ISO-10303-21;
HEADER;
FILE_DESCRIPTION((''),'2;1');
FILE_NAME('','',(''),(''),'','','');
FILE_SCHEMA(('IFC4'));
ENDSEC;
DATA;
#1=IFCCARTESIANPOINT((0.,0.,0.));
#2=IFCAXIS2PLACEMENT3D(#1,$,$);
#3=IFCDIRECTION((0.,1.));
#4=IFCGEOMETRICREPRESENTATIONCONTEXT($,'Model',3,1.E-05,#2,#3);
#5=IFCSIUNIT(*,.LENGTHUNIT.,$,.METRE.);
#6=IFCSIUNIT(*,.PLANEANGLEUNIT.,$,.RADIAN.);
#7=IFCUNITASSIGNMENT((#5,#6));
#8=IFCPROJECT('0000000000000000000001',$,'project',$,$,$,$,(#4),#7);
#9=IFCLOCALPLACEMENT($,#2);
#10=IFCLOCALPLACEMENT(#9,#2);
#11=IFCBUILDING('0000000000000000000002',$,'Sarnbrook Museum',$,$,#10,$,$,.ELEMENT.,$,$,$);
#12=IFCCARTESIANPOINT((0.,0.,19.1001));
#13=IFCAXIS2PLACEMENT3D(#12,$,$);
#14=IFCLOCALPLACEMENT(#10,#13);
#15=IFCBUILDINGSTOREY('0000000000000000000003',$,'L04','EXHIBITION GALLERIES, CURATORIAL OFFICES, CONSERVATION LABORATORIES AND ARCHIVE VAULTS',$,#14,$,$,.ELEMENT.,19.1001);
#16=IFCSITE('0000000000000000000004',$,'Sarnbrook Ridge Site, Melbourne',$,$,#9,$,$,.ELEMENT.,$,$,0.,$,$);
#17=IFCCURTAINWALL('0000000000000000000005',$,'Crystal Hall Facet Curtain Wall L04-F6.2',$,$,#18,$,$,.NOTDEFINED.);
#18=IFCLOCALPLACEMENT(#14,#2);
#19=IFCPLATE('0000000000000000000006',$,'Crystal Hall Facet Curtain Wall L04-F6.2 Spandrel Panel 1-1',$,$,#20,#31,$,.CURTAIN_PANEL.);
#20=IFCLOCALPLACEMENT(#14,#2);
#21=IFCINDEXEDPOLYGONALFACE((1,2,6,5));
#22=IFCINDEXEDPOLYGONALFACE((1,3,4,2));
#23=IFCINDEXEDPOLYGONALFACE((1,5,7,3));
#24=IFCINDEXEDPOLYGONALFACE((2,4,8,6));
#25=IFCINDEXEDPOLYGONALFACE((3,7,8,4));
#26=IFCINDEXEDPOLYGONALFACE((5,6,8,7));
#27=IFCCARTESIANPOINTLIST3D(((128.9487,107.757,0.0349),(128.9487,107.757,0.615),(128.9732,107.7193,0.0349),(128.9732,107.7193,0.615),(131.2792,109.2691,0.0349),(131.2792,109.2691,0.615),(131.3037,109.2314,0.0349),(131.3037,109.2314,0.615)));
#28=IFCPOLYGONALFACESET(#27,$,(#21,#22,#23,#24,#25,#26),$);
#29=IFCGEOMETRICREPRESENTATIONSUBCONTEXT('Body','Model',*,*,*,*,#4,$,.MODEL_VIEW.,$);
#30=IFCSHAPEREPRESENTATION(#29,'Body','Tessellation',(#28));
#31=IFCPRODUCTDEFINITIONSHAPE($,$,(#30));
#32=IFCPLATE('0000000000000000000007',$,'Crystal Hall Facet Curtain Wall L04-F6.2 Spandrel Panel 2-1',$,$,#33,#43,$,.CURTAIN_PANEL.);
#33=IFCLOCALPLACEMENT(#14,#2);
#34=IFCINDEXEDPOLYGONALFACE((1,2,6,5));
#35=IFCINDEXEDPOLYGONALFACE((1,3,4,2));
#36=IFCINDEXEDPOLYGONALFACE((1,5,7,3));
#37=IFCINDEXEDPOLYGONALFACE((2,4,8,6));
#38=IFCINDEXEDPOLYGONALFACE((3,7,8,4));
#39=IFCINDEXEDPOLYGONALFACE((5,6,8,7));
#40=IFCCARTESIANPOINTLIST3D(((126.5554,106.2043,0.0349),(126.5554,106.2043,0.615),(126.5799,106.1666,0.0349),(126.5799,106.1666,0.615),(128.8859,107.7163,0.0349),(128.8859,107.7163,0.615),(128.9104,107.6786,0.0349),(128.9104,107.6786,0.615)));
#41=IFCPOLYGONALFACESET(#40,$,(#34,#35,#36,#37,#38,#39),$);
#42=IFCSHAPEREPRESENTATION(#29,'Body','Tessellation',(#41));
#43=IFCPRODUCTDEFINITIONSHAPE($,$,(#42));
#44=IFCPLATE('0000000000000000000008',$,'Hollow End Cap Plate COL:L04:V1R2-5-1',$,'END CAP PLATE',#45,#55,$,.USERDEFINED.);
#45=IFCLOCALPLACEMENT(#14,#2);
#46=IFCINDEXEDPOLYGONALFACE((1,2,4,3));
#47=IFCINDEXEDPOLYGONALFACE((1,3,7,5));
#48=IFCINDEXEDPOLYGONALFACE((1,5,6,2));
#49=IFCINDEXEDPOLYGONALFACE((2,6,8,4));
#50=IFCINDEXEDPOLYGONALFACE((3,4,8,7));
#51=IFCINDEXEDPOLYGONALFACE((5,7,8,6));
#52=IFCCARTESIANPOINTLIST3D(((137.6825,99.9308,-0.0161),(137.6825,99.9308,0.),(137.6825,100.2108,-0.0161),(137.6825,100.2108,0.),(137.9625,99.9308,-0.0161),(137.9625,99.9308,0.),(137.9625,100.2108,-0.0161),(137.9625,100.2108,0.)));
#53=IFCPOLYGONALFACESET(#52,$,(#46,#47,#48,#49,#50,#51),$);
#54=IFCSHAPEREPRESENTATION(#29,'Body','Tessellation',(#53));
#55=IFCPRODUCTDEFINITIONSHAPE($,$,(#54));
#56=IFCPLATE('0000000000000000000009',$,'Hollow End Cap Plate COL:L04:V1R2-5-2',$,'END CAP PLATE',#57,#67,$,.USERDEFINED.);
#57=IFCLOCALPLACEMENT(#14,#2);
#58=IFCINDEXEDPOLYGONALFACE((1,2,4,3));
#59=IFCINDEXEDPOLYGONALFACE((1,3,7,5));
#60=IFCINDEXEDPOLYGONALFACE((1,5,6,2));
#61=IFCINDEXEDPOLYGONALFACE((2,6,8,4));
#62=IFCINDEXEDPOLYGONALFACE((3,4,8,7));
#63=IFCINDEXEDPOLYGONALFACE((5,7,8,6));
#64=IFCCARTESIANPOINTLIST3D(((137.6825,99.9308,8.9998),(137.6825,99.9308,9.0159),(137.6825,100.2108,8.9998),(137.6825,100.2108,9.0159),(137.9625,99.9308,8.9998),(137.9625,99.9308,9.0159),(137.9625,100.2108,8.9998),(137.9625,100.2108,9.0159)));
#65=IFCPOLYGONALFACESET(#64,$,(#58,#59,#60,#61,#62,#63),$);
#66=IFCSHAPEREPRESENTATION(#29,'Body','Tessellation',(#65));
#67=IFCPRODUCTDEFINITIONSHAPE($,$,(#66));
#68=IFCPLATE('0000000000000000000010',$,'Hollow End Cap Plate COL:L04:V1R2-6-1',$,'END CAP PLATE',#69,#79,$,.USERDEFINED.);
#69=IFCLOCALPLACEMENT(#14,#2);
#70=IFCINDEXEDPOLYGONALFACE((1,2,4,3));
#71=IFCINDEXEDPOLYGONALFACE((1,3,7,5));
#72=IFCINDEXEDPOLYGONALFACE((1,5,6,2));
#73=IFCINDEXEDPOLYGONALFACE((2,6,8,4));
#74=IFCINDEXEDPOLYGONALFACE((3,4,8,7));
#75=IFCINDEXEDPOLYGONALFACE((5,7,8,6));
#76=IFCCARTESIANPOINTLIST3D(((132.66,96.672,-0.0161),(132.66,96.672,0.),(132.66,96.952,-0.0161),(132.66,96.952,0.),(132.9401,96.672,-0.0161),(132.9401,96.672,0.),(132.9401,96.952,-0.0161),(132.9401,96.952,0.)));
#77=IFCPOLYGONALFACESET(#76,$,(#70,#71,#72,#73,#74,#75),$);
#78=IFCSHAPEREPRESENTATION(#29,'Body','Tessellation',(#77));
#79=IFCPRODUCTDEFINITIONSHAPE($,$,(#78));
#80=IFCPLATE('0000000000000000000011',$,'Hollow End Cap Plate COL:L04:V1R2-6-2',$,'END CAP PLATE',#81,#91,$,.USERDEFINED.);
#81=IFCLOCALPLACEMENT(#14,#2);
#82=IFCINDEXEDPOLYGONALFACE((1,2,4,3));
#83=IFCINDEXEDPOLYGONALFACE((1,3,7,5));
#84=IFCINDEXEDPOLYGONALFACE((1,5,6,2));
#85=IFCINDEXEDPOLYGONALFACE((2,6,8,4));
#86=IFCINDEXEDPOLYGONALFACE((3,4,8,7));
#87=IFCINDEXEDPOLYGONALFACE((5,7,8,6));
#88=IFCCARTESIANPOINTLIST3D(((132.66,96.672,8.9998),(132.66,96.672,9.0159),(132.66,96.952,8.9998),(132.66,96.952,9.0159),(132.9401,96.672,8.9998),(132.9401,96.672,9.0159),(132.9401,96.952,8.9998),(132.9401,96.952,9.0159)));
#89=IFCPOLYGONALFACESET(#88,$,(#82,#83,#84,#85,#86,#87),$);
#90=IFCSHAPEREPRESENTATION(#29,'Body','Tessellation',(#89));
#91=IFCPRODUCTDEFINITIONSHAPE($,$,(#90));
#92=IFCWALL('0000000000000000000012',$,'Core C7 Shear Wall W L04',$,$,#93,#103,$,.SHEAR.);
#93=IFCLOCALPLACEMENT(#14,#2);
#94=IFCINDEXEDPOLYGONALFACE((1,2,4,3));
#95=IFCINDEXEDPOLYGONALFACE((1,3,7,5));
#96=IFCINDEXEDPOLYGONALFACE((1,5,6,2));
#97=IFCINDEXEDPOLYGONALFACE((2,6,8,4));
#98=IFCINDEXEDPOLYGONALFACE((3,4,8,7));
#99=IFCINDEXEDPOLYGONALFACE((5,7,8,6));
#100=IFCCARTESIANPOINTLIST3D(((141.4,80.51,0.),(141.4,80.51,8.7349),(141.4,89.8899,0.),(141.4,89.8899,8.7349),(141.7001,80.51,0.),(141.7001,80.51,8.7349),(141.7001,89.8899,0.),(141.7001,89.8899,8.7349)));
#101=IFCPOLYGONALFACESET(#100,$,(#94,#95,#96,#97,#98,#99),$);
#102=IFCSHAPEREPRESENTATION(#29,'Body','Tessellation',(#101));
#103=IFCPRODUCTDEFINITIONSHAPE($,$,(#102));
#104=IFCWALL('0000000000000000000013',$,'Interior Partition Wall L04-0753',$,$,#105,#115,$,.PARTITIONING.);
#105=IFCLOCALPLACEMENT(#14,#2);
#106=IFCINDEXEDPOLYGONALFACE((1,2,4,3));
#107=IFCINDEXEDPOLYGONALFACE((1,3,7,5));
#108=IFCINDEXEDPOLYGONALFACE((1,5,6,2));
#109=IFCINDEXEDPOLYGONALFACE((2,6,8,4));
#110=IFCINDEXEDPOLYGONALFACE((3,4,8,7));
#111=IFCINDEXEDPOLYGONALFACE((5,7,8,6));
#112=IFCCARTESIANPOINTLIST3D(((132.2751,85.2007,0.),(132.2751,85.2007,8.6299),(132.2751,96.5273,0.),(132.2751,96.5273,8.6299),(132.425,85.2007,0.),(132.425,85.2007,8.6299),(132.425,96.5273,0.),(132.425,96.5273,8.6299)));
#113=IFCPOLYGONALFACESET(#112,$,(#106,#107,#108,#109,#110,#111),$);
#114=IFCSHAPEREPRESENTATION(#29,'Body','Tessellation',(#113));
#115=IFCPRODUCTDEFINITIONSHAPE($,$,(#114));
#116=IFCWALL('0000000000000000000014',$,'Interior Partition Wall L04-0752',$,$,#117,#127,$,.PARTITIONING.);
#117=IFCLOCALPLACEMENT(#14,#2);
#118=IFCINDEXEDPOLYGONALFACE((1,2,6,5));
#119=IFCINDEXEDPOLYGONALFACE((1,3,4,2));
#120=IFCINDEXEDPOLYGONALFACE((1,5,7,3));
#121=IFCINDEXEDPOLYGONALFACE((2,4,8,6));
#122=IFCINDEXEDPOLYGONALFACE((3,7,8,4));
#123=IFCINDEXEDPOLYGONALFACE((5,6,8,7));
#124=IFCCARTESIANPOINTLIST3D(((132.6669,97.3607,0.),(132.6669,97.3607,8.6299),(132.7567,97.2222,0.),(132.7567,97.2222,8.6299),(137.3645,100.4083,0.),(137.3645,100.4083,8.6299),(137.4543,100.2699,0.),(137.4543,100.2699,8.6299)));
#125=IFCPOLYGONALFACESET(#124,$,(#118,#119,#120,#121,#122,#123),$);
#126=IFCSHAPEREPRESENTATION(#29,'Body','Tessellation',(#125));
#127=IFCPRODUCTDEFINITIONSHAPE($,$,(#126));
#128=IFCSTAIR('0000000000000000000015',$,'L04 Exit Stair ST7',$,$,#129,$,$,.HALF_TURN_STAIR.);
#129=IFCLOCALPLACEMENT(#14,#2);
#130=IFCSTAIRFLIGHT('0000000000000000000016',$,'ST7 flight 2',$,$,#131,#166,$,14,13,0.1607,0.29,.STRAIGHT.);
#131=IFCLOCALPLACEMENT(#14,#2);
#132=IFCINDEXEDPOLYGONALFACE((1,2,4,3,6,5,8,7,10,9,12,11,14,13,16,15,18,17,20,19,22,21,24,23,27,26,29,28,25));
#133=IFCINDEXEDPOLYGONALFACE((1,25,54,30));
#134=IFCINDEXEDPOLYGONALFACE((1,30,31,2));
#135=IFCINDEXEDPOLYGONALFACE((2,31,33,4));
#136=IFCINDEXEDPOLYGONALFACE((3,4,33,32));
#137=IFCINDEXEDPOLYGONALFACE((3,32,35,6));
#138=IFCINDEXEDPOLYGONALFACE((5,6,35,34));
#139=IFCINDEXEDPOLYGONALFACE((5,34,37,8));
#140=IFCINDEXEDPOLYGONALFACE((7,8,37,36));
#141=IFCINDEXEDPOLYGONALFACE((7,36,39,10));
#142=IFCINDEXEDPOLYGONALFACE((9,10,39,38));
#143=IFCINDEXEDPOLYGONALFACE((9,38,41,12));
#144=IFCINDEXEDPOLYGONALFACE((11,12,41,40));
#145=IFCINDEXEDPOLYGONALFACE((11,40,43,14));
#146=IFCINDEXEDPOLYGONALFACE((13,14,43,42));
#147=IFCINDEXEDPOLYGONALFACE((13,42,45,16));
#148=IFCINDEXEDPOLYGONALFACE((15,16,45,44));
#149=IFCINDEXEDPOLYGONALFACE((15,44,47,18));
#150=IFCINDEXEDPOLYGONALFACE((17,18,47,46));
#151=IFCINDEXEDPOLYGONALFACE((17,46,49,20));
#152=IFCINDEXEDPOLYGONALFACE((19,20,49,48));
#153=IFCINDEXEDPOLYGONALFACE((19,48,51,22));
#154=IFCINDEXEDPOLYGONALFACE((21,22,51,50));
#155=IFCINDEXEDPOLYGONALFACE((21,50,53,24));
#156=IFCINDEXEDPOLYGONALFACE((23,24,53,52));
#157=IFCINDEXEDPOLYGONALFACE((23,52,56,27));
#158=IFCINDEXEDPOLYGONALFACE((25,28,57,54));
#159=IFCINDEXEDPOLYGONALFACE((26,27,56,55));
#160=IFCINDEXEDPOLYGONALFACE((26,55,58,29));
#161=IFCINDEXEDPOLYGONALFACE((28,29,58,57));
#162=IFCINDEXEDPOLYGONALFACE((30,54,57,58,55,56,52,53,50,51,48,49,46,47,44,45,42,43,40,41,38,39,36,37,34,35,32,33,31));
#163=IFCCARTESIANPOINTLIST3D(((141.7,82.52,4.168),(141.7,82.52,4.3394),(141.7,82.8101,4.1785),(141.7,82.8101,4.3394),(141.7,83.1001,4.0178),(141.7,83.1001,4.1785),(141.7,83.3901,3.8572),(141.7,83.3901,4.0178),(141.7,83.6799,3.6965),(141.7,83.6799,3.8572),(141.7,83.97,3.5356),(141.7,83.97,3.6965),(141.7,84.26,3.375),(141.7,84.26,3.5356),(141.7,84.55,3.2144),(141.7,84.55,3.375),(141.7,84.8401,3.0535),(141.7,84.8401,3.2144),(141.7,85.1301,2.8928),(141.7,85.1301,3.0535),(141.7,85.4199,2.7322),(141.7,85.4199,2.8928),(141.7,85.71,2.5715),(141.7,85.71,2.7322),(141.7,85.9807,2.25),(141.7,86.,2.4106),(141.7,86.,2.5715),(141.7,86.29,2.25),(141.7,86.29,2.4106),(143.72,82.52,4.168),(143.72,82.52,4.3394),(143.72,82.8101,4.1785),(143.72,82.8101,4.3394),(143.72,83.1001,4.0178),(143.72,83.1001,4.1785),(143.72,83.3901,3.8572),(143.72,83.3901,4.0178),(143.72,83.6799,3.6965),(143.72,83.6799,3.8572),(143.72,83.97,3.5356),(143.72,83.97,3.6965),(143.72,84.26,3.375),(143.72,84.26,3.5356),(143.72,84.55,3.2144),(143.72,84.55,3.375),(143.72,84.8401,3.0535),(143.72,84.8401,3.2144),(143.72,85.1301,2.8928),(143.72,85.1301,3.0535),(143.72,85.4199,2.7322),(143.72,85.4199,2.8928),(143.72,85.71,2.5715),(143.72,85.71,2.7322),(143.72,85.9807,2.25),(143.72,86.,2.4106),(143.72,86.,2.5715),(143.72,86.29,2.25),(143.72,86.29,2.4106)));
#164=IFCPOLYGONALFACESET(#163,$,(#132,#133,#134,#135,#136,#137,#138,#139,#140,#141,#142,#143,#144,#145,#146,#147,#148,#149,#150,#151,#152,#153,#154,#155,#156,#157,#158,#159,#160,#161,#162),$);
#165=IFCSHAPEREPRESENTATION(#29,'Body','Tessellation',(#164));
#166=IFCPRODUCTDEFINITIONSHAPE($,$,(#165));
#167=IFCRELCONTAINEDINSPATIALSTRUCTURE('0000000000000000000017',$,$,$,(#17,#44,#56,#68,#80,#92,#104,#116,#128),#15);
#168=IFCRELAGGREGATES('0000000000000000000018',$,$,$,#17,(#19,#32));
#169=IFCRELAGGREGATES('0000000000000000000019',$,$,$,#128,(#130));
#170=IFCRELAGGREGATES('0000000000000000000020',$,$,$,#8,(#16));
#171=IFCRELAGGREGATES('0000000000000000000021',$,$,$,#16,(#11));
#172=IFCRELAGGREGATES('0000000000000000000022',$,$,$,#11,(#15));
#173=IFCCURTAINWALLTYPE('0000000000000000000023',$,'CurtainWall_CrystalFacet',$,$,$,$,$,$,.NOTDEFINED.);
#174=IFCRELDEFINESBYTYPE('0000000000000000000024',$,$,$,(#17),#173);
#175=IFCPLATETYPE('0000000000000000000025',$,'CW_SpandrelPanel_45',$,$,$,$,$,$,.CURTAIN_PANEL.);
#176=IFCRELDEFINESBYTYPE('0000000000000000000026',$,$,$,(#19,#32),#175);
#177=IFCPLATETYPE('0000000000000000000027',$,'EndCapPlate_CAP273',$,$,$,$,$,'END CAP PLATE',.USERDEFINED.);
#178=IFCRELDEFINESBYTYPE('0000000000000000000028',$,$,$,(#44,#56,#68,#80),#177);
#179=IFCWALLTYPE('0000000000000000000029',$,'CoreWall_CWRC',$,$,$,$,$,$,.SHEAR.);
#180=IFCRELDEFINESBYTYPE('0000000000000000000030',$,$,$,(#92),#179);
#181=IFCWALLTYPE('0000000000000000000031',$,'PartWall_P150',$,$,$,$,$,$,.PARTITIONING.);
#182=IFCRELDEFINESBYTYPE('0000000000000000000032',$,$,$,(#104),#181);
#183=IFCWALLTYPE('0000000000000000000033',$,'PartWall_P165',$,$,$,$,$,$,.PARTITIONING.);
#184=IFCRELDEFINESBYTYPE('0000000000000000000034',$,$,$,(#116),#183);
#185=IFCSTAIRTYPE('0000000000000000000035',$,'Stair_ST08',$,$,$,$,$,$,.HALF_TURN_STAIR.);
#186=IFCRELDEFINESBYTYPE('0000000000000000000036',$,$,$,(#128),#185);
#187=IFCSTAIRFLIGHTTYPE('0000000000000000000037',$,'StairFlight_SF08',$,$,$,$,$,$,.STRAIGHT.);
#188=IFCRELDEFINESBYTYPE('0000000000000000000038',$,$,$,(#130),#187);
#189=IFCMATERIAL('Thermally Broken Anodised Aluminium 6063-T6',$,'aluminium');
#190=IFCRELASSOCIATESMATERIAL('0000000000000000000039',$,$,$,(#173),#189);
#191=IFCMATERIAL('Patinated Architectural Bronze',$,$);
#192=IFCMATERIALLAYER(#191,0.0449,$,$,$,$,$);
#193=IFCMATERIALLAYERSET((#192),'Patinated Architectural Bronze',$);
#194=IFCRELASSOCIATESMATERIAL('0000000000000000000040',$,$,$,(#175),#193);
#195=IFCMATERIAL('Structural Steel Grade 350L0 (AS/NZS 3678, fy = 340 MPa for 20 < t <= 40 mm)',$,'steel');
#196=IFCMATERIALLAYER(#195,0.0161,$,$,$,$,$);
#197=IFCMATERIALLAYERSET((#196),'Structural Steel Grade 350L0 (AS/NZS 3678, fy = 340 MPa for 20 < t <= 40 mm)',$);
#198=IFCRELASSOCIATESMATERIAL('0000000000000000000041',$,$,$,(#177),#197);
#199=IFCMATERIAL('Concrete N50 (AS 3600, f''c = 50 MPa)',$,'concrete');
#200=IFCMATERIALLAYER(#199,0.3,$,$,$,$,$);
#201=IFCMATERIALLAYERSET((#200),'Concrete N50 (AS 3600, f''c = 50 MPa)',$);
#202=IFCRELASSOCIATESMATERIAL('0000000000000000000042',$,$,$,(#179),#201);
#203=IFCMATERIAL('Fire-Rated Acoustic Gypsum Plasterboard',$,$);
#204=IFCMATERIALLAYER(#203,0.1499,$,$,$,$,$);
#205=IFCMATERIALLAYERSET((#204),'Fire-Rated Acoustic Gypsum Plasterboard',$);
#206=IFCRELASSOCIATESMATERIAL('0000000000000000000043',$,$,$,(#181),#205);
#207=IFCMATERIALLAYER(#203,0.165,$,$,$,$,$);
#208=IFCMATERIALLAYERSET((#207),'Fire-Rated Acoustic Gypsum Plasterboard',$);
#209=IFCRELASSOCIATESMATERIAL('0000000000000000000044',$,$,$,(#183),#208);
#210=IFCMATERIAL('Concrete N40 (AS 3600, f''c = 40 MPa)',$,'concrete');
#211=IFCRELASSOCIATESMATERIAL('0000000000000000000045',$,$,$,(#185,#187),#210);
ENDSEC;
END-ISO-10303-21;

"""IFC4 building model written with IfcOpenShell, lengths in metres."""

from ifc_helpers import new_model, si_unit, direction, frame, frame_2d, origin, origin_2d, place, context, subcontext, project, spatial, polyline, rectangle, outline, extrude, material, layer, layer_set, type_object, element, aggregate, save


model = new_model("IFC4")

# Units and contexts
model_context = context("Model", 3, precision=1e-05, world=origin(), true_north=direction((0.0, 1.0)))
body_context = subcontext(model_context, "Body", "Model", "MODEL_VIEW")
ifc_project = project(units=[si_unit("LENGTHUNIT", "METRE"), si_unit("PLANEANGLEUNIT", "RADIAN")], contexts=[model_context])

# Site, building, storey
site_placement = place(None, origin())
site = spatial("IfcSite", under=ifc_project, at=site_placement, Name="Sarnbrook Ridge Site, Melbourne", CompositionType="ELEMENT", RefElevation=0.0)
building_placement = place(site_placement, origin())
building = spatial("IfcBuilding", under=site, at=building_placement, Name="Sarnbrook Museum", CompositionType="ELEMENT")
storey_placement = place(building_placement, frame((0.0, 0.0, 19.1001)))
storey = spatial("IfcBuildingStorey", under=building, at=storey_placement, Name="L04", Description="EXHIBITION GALLERIES, CURATORIAL OFFICES, CONSERVATION LABORATORIES AND ARCHIVE VAULTS", CompositionType="ELEMENT", Elevation=19.1001)

# Shared definitions
ifc_material_1 = material(Name="Structural Steel Grade 350L0 (AS/NZS 3678, fy = 340 MPa for 20 < t <= 40 mm)", Category="steel")

# Shared definitions
ifc_material_2 = material(Name="Thermally Broken Anodised Aluminium 6063-T6", Category="aluminium")
curtain_wall_type = type_object("IfcCurtainWallType", Name="CurtainWall_CrystalFacet", PredefinedType="NOTDEFINED", material=ifc_material_2)

# Curtain wall
curtain_wall_1_placement = place(storey_placement, origin())
curtain_wall_1 = element("IfcCurtainWall", 1, at=curtain_wall_1_placement, inside=storey, type_object=curtain_wall_type, Name="Crystal Hall Facet Curtain Wall L04-F6.2", PredefinedType="NOTDEFINED")

# Plates
ifc_material_3 = material(Name="Patinated Architectural Bronze")
ifc_layer_1 = layer(ifc_material_3, 0.0449)
ifc_layer_set_1 = layer_set([ifc_layer_1], Name="Patinated Architectural Bronze")
plate_type_1 = type_object("IfcPlateType", Name="CW_SpandrelPanel_45", PredefinedType="CURTAIN_PANEL", material=ifc_layer_set_1)
plate_1_placement = place(storey_placement, frame((130.1384, 108.4753, 0.325), z_axis=(-0.544287, 0.838899, 0.0), x_axis=(-0.838899, -0.544287, 0.0)))
plate_1 = element("IfcPlate", 2, at=plate_1_placement, type_object=plate_type_1, Name="Crystal Hall Facet Curtain Wall L04-F6.2 Spandrel Panel 1-1", PredefinedType="CURTAIN_PANEL", context=body_context, shape_type="SweptSolid", body=[
    extrude(rectangle(XDim=2.7781, YDim=0.5801, at=origin_2d()), origin(), (0.0, 0.0, 1.0), 0.0449),
])
plate_2_placement = place(storey_placement, frame((127.7451, 106.9226, 0.325), z_axis=(-0.544287, 0.838899, 0.0), x_axis=(-0.838899, -0.544287, 0.0)))
plate_2 = element("IfcPlate", 3, at=plate_2_placement, type_object=plate_type_1, Name="Crystal Hall Facet Curtain Wall L04-F6.2 Spandrel Panel 2-1", PredefinedType="CURTAIN_PANEL", context=body_context, shape_type="SweptSolid", body=[
    extrude(rectangle(XDim=2.7781, YDim=0.5801, at=origin_2d()), origin(), (0.0, 0.0, 1.0), 0.0449),
])
aggregate(curtain_wall_1, [plate_1, plate_2])

# Plates
ifc_layer_2 = layer(ifc_material_1, 0.0161)
ifc_layer_set_2 = layer_set([ifc_layer_2], Name="Structural Steel Grade 350L0 (AS/NZS 3678, fy = 340 MPa for 20 < t <= 40 mm)")
plate_type_2 = type_object("IfcPlateType", Name="EndCapPlate_CAP273", ElementType="END CAP PLATE", PredefinedType="USERDEFINED", material=ifc_layer_set_2)
for number, where, z_axis, x_axis, name in (
    (4, (137.8225, 100.0708, -0.0161), (0.0, 0.0, 1.0), (1.0, 0.0, 0.0), "Hollow End Cap Plate COL:L04:V1R2-5-1"),
    (5, (137.8225, 100.0708, 8.9998), (0.0, 0.0, 1.0), (1.0, 0.0, 0.0), "Hollow End Cap Plate COL:L04:V1R2-5-2"),
    (6, (132.8, 96.812, -0.0161), (0.0, 0.0, 1.0), (1.0, 0.0, 0.0), "Hollow End Cap Plate COL:L04:V1R2-6-1"),
    (7, (132.8, 96.812, 8.9998), (0.0, 0.0, 1.0), (1.0, 0.0, 0.0), "Hollow End Cap Plate COL:L04:V1R2-6-2"),
):
    element("IfcPlate", number, at=place(storey_placement, frame(where, z_axis=z_axis, x_axis=x_axis)), inside=storey, type_object=plate_type_2, Name=name, ObjectType="END CAP PLATE", PredefinedType="USERDEFINED", context=body_context, shape_type="SweptSolid", body=[
        extrude(rectangle(XDim=0.28, YDim=0.28, at=origin_2d()), origin(), (0.0, 0.0, 1.0), 0.0161),
    ])

# Walls
ifc_material_4 = material(Name="Concrete N50 (AS 3600, f'c = 50 MPa)", Category="concrete")
ifc_layer_3 = layer(ifc_material_4, 0.3)
ifc_layer_set_3 = layer_set([ifc_layer_3], Name="Concrete N50 (AS 3600, f'c = 50 MPa)")
wall_type_1 = type_object("IfcWallType", Name="CoreWall_CWRC", PredefinedType="SHEAR", material=ifc_layer_set_3)
wall_1_placement = place(storey_placement, frame((141.55, 89.8899, 0.0), z_axis=(0.0, 0.0, 1.0), x_axis=(0.0, -1.0, 0.0)))
element("IfcWall", 8, at=wall_1_placement, inside=storey, type_object=wall_type_1, Name="Core C7 Shear Wall W L04", PredefinedType="SHEAR", context=body_context, shape_type="SweptSolid", body=[
    extrude(rectangle(XDim=9.3799, YDim=0.3, at=frame_2d((4.6899, 0.0))), origin(), (0.0, 0.0, 1.0), 8.7349),
])
ifc_material_5 = material(Name="Fire-Rated Acoustic Gypsum Plasterboard")
ifc_layer_4 = layer(ifc_material_5, 0.1499)
ifc_layer_set_4 = layer_set([ifc_layer_4], Name="Fire-Rated Acoustic Gypsum Plasterboard")
wall_type_2 = type_object("IfcWallType", Name="PartWall_P150", PredefinedType="PARTITIONING", material=ifc_layer_set_4)
wall_2_placement = place(storey_placement, frame((132.3501, 96.5273, 0.0), z_axis=(0.0, 0.0, 1.0), x_axis=(0.0, -1.0, 0.0)))
element("IfcWall", 9, at=wall_2_placement, inside=storey, type_object=wall_type_2, Name="Interior Partition Wall L04-0753", PredefinedType="PARTITIONING", context=body_context, shape_type="SweptSolid", body=[
    extrude(rectangle(XDim=11.3267, YDim=0.1499, at=frame_2d((5.6633, 0.0))), origin(), (0.0, 0.0, 1.0), 8.6299),
])
ifc_layer_5 = layer(ifc_material_5, 0.165)
ifc_layer_set_5 = layer_set([ifc_layer_5], Name="Fire-Rated Acoustic Gypsum Plasterboard")
wall_type_3 = type_object("IfcWallType", Name="PartWall_P165", PredefinedType="PARTITIONING", material=ifc_layer_set_5)
wall_3_placement = place(storey_placement, frame((137.4094, 100.3391, 0.0), z_axis=(0.0, 0.0, 1.0), x_axis=(-0.838914, -0.544263, 0.0)))
element("IfcWall", 10, at=wall_3_placement, inside=storey, type_object=wall_type_3, Name="Interior Partition Wall L04-0752", PredefinedType="PARTITIONING", context=body_context, shape_type="SweptSolid", body=[
    extrude(rectangle(XDim=5.5996, YDim=0.165, at=frame_2d((2.7998, 0.0))), origin(), (0.0, 0.0, 1.0), 8.6299),
])

# Stair, stair flight
ifc_material_6 = material(Name="Concrete N40 (AS 3600, f'c = 40 MPa)", Category="concrete")
stair_type = type_object("IfcStairType", Name="Stair_ST08", PredefinedType="HALF_TURN_STAIR", material=ifc_material_6)
stair_placement = place(storey_placement, origin())
stair = element("IfcStair", 11, at=stair_placement, inside=storey, type_object=stair_type, Name="L04 Exit Stair ST7", PredefinedType="HALF_TURN_STAIR")
stair_flight_type = type_object("IfcStairFlightType", Name="StairFlight_SF08", PredefinedType="STRAIGHT", material=ifc_material_6)
stair_flight_1_placement = place(storey_placement, frame((142.71, 86.29, 2.25), z_axis=(0.0, 0.0, 1.0), x_axis=(0.0, -1.0, 0.0)))
stair_flight_1 = element("IfcStairFlight", 12, at=stair_flight_1_placement, type_object=stair_flight_type, Name="ST7 flight 2", NumberOfRisers=14, NumberOfTreads=13, PredefinedType="STRAIGHT", RiserHeight=0.1607, TreadLength=0.29, context=body_context, shape_type="SweptSolid", body=[
    extrude(outline(polyline([(0.0, 0.0), (0.0, 0.1606), (0.29, 0.1606), (0.29, 0.3215), (0.5801, 0.3215), (0.5801, 0.4822), (0.8701, 0.4822), (0.8701, 0.6428), (1.1599, 0.6428), (1.1599, 0.8035), (1.45, 0.8035), (1.45, 0.9644), (1.74, 0.9644), (1.74, 1.125), (2.03, 1.125), (2.03, 1.2856), (2.3201, 1.2856), (2.3201, 1.4465), (2.6101, 1.4465), (2.6101, 1.6072), (2.8999, 1.6072), (2.8999, 1.7678), (3.1899, 1.7678), (3.1899, 1.9285), (3.48, 1.9285), (3.48, 2.0894), (3.77, 2.0894), (3.77, 2.25), (3.77, 1.918), (0.3093, 0.0), (0.0, 0.0)])), frame((0.0, 1.01, 0.0), z_axis=(0.0, -1.0, 0.0), x_axis=(1.0, 0.0, 0.0)), (0.0, 0.0, 1.0), 2.02),
])
aggregate(stair, [stair_flight_1])

save(model, "model.ifc")
